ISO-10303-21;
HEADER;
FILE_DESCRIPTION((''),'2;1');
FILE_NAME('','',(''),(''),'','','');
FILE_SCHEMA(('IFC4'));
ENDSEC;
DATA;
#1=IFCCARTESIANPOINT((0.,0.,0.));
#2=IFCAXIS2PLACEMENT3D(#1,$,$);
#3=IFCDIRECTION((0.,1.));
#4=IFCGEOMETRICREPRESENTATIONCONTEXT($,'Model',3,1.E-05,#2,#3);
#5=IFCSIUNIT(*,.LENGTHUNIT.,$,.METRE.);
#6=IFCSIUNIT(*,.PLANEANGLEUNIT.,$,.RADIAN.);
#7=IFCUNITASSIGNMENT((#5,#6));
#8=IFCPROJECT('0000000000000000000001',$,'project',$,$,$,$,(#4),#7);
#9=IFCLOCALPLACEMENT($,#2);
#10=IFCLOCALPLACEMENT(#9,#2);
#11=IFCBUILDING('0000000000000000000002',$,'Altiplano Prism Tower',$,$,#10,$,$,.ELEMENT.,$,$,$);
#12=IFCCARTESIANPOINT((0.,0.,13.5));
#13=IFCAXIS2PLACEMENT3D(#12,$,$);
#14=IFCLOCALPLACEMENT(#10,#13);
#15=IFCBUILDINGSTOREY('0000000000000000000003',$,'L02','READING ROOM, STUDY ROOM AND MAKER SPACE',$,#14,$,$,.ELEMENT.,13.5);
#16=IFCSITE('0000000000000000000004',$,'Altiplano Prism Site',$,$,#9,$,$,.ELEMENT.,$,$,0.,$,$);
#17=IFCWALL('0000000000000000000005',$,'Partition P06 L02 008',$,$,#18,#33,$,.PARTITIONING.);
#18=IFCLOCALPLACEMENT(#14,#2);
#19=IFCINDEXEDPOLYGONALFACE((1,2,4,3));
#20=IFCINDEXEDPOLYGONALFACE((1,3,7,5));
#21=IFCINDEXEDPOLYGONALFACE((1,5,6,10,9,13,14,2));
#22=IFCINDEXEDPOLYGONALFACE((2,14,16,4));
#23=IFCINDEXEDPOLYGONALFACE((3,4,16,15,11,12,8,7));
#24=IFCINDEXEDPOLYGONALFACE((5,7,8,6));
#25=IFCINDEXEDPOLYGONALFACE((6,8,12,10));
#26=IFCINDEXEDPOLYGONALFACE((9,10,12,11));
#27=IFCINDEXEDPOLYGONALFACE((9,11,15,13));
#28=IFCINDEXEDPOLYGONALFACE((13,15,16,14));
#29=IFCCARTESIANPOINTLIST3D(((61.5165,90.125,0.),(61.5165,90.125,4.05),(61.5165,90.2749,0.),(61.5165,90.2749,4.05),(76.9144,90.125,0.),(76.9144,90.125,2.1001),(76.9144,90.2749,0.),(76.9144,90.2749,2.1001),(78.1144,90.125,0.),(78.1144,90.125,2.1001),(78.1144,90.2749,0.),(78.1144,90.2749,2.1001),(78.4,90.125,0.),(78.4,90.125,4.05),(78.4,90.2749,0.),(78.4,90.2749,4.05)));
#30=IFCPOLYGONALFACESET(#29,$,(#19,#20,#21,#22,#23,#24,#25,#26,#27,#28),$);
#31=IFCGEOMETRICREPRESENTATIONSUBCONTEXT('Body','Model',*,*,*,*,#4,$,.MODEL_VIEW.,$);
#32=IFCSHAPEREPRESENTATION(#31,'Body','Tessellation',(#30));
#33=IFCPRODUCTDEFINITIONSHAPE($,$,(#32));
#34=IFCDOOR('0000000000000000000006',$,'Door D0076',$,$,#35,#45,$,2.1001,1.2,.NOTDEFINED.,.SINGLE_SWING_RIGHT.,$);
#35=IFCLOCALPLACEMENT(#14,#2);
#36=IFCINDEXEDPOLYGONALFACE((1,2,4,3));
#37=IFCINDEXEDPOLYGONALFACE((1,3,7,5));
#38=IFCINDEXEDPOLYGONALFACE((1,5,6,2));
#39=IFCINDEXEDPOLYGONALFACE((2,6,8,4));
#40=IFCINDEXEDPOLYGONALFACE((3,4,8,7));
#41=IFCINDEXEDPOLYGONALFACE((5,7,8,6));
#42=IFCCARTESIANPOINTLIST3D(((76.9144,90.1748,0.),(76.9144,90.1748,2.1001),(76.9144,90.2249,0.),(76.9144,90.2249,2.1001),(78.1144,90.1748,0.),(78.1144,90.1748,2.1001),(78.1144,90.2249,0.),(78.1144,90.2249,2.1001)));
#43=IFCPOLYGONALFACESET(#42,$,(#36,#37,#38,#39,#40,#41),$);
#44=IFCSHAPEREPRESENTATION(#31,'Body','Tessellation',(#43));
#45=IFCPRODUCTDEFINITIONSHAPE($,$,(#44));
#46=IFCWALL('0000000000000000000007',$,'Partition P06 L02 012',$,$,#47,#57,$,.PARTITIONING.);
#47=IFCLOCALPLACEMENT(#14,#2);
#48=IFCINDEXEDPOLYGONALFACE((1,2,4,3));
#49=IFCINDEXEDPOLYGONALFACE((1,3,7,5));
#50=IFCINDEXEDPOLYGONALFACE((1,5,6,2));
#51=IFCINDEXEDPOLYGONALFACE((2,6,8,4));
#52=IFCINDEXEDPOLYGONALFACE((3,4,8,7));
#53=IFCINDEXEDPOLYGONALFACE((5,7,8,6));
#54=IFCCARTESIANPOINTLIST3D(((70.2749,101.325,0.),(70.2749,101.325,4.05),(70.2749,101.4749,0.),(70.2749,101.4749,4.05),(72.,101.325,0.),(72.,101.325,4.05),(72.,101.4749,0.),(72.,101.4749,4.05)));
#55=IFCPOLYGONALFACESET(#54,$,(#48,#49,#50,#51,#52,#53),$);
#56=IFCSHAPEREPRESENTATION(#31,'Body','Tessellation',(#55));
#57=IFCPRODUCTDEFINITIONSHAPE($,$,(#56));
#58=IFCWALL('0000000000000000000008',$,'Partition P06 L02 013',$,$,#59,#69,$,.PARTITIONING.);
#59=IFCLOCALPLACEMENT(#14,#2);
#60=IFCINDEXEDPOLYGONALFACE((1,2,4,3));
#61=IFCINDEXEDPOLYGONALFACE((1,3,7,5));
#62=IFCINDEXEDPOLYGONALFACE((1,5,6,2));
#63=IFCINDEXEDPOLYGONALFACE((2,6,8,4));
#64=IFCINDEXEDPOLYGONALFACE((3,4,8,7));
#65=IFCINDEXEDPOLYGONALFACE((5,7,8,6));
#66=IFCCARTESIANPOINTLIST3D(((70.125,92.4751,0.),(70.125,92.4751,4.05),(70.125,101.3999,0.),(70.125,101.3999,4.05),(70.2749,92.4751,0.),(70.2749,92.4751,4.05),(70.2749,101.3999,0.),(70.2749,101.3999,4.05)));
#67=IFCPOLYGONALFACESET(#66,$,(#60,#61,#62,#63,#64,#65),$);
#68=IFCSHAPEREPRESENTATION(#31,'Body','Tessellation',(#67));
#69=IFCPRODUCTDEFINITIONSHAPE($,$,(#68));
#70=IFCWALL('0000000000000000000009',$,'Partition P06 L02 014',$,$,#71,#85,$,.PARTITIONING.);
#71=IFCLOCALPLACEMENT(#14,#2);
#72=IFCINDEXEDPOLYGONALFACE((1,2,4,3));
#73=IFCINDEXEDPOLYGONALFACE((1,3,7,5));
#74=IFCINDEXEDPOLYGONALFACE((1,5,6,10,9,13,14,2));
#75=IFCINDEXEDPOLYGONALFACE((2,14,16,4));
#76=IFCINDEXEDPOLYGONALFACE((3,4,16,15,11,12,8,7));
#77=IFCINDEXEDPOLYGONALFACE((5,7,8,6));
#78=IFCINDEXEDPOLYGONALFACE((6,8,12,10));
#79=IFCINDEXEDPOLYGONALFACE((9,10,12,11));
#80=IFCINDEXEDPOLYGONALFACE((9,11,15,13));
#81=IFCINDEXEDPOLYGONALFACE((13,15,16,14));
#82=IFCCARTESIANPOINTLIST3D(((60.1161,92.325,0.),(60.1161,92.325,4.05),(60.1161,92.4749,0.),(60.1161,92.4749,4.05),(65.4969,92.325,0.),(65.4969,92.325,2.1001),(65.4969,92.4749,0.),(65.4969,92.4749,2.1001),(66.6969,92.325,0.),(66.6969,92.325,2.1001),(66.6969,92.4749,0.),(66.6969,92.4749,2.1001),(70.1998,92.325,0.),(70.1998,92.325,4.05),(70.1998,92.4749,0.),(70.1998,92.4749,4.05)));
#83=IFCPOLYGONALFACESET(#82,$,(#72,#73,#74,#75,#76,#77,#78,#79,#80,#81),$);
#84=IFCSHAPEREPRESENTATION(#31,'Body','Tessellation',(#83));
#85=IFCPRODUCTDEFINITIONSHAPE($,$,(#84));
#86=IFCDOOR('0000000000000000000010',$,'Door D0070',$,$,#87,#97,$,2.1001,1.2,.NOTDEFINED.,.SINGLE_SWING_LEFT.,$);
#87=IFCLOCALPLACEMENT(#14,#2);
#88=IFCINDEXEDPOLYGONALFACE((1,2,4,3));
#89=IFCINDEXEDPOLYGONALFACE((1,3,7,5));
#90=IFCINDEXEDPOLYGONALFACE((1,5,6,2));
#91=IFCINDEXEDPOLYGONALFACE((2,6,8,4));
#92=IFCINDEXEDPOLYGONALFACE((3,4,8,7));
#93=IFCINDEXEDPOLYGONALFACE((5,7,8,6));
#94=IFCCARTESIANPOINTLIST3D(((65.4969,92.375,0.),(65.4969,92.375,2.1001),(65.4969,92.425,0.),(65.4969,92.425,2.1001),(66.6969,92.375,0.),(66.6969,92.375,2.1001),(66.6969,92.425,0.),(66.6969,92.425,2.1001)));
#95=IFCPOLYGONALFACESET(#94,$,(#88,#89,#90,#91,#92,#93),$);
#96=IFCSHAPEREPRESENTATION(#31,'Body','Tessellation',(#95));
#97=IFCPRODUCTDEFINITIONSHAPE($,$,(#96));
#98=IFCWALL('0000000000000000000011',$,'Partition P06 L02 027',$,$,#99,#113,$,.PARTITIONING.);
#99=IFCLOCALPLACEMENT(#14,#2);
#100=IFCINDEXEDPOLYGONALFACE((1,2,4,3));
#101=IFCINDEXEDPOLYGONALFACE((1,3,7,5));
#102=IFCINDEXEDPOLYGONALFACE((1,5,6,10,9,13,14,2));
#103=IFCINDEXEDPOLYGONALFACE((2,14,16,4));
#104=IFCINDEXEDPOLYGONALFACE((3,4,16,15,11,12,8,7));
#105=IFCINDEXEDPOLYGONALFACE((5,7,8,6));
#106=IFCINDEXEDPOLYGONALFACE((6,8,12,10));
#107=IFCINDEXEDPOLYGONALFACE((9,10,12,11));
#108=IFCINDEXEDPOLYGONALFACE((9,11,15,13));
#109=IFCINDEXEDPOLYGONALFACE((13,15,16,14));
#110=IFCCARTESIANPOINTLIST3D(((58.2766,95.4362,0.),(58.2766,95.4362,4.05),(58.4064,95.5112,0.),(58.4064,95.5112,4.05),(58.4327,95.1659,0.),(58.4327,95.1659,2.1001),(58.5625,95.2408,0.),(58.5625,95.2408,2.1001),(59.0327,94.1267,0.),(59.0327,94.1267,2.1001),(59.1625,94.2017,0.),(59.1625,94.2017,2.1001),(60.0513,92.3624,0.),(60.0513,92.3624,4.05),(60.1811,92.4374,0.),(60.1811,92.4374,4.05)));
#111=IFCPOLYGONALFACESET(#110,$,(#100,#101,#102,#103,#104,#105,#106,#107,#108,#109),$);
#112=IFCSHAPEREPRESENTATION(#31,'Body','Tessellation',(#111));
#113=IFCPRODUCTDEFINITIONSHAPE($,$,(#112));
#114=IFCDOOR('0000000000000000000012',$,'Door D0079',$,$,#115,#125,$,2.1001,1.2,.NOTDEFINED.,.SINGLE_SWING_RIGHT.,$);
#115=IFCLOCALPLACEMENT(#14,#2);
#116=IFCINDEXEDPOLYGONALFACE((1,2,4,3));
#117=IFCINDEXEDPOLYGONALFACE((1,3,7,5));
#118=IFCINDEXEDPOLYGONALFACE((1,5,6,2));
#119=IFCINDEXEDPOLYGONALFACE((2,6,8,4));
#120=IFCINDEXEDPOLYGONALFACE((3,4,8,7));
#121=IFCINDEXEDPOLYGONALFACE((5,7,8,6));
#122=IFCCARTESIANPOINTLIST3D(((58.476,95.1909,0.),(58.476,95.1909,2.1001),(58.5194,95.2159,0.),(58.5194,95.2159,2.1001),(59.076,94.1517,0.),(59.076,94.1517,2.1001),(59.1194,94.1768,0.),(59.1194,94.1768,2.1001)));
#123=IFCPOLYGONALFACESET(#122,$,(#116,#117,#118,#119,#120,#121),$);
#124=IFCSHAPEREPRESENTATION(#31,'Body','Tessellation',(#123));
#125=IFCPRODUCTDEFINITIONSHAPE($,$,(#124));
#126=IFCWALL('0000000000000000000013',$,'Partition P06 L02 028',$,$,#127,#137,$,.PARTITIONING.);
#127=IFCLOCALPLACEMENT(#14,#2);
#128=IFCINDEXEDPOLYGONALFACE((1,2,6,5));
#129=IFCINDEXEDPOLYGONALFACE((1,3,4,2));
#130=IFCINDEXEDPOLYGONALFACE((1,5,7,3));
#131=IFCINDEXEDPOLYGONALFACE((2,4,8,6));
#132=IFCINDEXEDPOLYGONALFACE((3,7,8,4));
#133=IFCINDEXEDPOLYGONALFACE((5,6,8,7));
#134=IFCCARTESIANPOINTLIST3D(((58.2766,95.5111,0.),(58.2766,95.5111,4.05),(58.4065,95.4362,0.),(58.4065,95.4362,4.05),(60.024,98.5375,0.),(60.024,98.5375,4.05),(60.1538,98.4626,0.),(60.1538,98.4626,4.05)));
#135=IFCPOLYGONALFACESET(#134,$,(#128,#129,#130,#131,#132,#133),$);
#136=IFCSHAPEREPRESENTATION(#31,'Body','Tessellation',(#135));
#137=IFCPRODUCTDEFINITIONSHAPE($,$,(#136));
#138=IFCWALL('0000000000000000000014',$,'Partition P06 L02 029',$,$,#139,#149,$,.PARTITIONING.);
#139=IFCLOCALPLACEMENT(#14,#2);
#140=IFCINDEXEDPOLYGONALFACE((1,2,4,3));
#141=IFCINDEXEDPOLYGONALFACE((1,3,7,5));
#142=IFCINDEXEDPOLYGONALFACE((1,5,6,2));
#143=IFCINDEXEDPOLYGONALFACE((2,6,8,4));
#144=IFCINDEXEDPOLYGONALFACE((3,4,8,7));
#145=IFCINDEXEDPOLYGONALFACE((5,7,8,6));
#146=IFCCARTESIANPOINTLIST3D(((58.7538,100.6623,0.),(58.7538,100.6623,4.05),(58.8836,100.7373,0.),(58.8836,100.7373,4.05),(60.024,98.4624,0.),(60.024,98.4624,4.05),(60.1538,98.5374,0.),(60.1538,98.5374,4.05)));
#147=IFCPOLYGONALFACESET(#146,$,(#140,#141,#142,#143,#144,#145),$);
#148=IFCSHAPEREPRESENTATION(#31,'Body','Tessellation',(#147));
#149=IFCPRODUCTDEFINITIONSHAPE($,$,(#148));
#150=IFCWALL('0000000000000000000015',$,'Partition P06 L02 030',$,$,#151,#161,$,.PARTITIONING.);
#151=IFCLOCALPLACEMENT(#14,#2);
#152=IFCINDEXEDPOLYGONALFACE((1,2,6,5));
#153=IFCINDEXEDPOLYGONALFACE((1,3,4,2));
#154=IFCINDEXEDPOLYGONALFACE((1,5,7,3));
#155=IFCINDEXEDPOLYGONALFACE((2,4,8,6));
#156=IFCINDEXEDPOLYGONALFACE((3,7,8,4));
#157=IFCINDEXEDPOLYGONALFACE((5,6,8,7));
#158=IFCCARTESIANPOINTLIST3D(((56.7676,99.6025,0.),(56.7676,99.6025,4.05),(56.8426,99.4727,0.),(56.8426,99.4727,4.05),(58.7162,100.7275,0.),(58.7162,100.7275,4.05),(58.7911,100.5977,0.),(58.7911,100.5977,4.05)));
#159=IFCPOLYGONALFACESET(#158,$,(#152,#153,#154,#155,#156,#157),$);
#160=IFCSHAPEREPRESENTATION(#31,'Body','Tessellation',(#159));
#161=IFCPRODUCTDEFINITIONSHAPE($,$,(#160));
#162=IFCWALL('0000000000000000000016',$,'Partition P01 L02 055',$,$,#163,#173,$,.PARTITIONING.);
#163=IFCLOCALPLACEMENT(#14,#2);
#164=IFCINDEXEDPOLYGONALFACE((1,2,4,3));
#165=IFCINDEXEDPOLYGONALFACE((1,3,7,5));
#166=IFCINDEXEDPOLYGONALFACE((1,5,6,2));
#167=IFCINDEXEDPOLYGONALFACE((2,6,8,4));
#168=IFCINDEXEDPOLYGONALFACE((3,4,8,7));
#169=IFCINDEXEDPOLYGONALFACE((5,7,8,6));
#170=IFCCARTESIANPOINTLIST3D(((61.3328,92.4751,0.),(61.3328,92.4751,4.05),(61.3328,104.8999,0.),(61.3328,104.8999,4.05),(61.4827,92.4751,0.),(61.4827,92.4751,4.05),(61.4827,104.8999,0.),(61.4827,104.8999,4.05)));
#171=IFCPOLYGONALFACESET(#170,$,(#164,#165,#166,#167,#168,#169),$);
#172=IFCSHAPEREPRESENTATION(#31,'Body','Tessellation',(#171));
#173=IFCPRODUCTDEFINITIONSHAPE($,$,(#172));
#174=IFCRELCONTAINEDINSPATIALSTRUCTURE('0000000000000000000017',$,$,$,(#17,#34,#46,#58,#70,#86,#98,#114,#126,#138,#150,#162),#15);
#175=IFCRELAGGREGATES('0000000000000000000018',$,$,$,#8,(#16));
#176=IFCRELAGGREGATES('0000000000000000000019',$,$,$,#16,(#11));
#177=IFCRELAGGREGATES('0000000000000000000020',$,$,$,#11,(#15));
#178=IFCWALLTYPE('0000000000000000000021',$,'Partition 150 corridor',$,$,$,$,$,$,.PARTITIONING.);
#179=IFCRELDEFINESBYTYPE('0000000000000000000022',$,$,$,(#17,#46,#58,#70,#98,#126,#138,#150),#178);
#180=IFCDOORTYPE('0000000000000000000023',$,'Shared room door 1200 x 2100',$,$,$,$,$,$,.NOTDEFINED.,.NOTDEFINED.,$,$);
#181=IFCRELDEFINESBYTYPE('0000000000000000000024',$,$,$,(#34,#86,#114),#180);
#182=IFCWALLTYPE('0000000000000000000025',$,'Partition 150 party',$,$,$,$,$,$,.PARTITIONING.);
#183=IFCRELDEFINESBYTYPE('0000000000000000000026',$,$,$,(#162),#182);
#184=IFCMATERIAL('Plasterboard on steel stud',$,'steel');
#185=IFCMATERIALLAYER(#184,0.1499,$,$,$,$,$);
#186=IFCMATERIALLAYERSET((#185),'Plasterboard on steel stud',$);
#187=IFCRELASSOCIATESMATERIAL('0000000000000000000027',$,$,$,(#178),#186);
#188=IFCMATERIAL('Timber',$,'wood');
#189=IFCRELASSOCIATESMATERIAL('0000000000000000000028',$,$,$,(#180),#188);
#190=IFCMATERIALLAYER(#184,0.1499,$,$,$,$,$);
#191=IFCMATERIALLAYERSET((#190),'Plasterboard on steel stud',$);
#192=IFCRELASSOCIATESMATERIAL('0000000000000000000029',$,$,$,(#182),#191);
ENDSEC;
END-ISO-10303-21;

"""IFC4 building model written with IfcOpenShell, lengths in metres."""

from ifc_helpers import new_model, si_unit, direction, frame, frame_2d, origin, place, context, subcontext, project, spatial, rectangle, extrude, material, layer, layer_set, type_object, element, fill, save


model = new_model("IFC4")

# Units and contexts
model_context = context("Model", 3, precision=1e-05, world=origin(), true_north=direction((0.0, 1.0)))
body_context = subcontext(model_context, "Body", "Model", "MODEL_VIEW")
ifc_project = project(units=[si_unit("LENGTHUNIT", "METRE"), si_unit("PLANEANGLEUNIT", "RADIAN")], contexts=[model_context])

# Site, building, storey
site_placement = place(None, origin())
site = spatial("IfcSite", under=ifc_project, at=site_placement, Name="Altiplano Prism Site", CompositionType="ELEMENT", RefElevation=0.0)
building_placement = place(site_placement, origin())
building = spatial("IfcBuilding", under=site, at=building_placement, Name="Altiplano Prism Tower", CompositionType="ELEMENT")
storey_placement = place(building_placement, frame((0.0, 0.0, 13.5)))
storey = spatial("IfcBuildingStorey", under=building, at=storey_placement, Name="L02", Description="READING ROOM, STUDY ROOM AND MAKER SPACE", CompositionType="ELEMENT", Elevation=13.5)

# Wall, opening, door
ifc_material_1 = material(Name="Plasterboard on steel stud", Category="steel")
ifc_layer_1 = layer(ifc_material_1, 0.1499)
ifc_layer_set_1 = layer_set([ifc_layer_1], Name="Plasterboard on steel stud")
wall_type_1 = type_object("IfcWallType", Name="Partition 150 corridor", PredefinedType="PARTITIONING", material=ifc_layer_set_1)
wall_1_placement = place(storey_placement, frame((61.5164, 90.2, 0.0), z_axis=(0.0, 0.0, 1.0), x_axis=(1.0, 0.0, 0.0)))
wall_1 = element("IfcWall", 1, at=wall_1_placement, inside=storey, type_object=wall_type_1, Name="Partition P06 L02 008", PredefinedType="PARTITIONING", context=body_context, shape_type="SweptSolid", body=[
    extrude(rectangle(XDim=16.8835, YDim=0.1499, at=frame_2d((8.4419, 0.0))), origin(), (0.0, 0.0, 1.0), 4.05),
])
opening_1_placement = place(wall_1_placement, frame((15.3979, 0.0, 0.0)))
opening_1 = element("IfcOpeningElement", 2, at=opening_1_placement, cuts=wall_1, PredefinedType="OPENING", context=body_context, shape_type="SweptSolid", body=[
    extrude(rectangle(XDim=1.2, YDim=2.1001, at=frame_2d((0.6001, 1.05))), frame((0.0, 0.0854, 0.0), z_axis=(0.0, -1.0, 0.0), x_axis=(1.0, 0.0, 0.0)), (0.0, 0.0, 1.0), 0.1709),
])
ifc_material_2 = material(Name="Timber", Category="wood")
door_type_1 = type_object("IfcDoorType", Name="Shared room door 1200 x 2100", OperationType="NOTDEFINED", PredefinedType="NOTDEFINED", material=ifc_material_2)
door_1_placement = place(opening_1_placement, origin())
door_1 = element("IfcDoor", 3, at=door_1_placement, inside=storey, type_object=door_type_1, Name="Door D0076", OperationType="SINGLE_SWING_RIGHT", OverallHeight=2.1001, OverallWidth=1.2, PredefinedType="NOTDEFINED", context=body_context, shape_type="SweptSolid", body=[
    extrude(rectangle(XDim=1.2, YDim=2.1001, at=frame_2d((0.6001, 1.05))), frame((0.0, 0.0249, 0.0), z_axis=(0.0, -1.0, 0.0), x_axis=(1.0, 0.0, 0.0)), (0.0, 0.0, 1.0), 0.05),
])
fill(opening_1, door_1)

# Walls
wall_2_placement = place(storey_placement, frame((72.0, 101.3999, 0.0), z_axis=(0.0, 0.0, 1.0), x_axis=(-1.0, 0.0, 0.0)))
element("IfcWall", 4, at=wall_2_placement, inside=storey, type_object=wall_type_1, Name="Partition P06 L02 012", PredefinedType="PARTITIONING", context=body_context, shape_type="SweptSolid", body=[
    extrude(rectangle(XDim=1.7251, YDim=0.1499, at=frame_2d((0.8625, 0.0))), origin(), (0.0, 0.0, 1.0), 4.05),
])
wall_3_placement = place(storey_placement, frame((70.2, 101.3999, 0.0), z_axis=(0.0, 0.0, 1.0), x_axis=(0.0, -1.0, 0.0)))
element("IfcWall", 5, at=wall_3_placement, inside=storey, type_object=wall_type_1, Name="Partition P06 L02 013", PredefinedType="PARTITIONING", context=body_context, shape_type="SweptSolid", body=[
    extrude(rectangle(XDim=8.9248, YDim=0.1499, at=frame_2d((4.4624, 0.0))), origin(), (0.0, 0.0, 1.0), 4.05),
])

# Walls, openings, doors
wall_4_placement = place(storey_placement, frame((70.2, 92.3999, 0.0), z_axis=(0.0, 0.0, 1.0), x_axis=(-1.0, 0.0, 0.0)))
wall_4 = element("IfcWall", 6, at=wall_4_placement, inside=storey, type_object=wall_type_1, Name="Partition P06 L02 014", PredefinedType="PARTITIONING", context=body_context, shape_type="SweptSolid", body=[
    extrude(rectangle(XDim=10.0837, YDim=0.1499, at=frame_2d((5.042, 0.0))), origin(), (0.0, 0.0, 1.0), 4.05),
])
opening_2_placement = place(wall_4_placement, frame((3.5029, 0.0, 0.0)))
opening_2 = element("IfcOpeningElement", 7, at=opening_2_placement, cuts=wall_4, PredefinedType="OPENING", context=body_context, shape_type="SweptSolid", body=[
    extrude(rectangle(XDim=1.2, YDim=2.1001, at=frame_2d((0.6001, 1.05))), frame((0.0, 0.0854, 0.0), z_axis=(0.0, -1.0, 0.0), x_axis=(1.0, 0.0, 0.0)), (0.0, 0.0, 1.0), 0.1709),
])
door_2_placement = place(opening_2_placement, origin())
door_2 = element("IfcDoor", 8, at=door_2_placement, inside=storey, type_object=door_type_1, Name="Door D0070", OperationType="SINGLE_SWING_LEFT", OverallHeight=2.1001, OverallWidth=1.2, PredefinedType="NOTDEFINED", context=body_context, shape_type="SweptSolid", body=[
    extrude(rectangle(XDim=1.2, YDim=2.1001, at=frame_2d((0.6001, 1.05))), frame((0.0, 0.0249, 0.0), z_axis=(0.0, -1.0, 0.0), x_axis=(1.0, 0.0, 0.0)), (0.0, 0.0, 1.0), 0.05),
])
fill(opening_2, door_2)
wall_5_placement = place(storey_placement, frame((60.1162, 92.3999, 0.0), z_axis=(0.0, 0.0, 1.0), x_axis=(-0.500008, 0.866021, 0.0)))
wall_5 = element("IfcWall", 9, at=wall_5_placement, inside=storey, type_object=wall_type_1, Name="Partition P06 L02 027", PredefinedType="PARTITIONING", context=body_context, shape_type="SweptSolid", body=[
    extrude(rectangle(XDim=3.5493, YDim=0.1499, at=frame_2d((1.7747, 0.0))), origin(), (0.0, 0.0, 1.0), 4.05),
])
opening_3_placement = place(wall_5_placement, frame((2.0371, 0.0, 0.0)))
opening_3 = element("IfcOpeningElement", 10, at=opening_3_placement, cuts=wall_5, PredefinedType="OPENING", context=body_context, shape_type="SweptSolid", body=[
    extrude(rectangle(XDim=1.2, YDim=2.1001, at=frame_2d((0.6001, 1.05))), frame((0.0, 0.0854, 0.0), z_axis=(0.0, -1.0, 0.0), x_axis=(1.0, 0.0, 0.0)), (0.0, 0.0, 1.0), 0.1709),
])
door_3_placement = place(opening_3_placement, origin())
door_3 = element("IfcDoor", 11, at=door_3_placement, inside=storey, type_object=door_type_1, Name="Door D0079", OperationType="SINGLE_SWING_RIGHT", OverallHeight=2.1001, OverallWidth=1.2, PredefinedType="NOTDEFINED", context=body_context, shape_type="SweptSolid", body=[
    extrude(rectangle(XDim=1.2, YDim=2.1001, at=frame_2d((0.6001, 1.05))), frame((0.0, 0.0249, 0.0), z_axis=(0.0, -1.0, 0.0), x_axis=(1.0, 0.0, 0.0)), (0.0, 0.0, 1.0), 0.05),
])
fill(opening_3, door_3)

# Walls
wall_6_placement = place(storey_placement, frame((58.3416, 95.4736, 0.0), z_axis=(0.0, 0.0, 1.0), x_axis=(0.500009, 0.86602, 0.0)))
element("IfcWall", 12, at=wall_6_placement, inside=storey, type_object=wall_type_1, Name="Partition P06 L02 028", PredefinedType="PARTITIONING", context=body_context, shape_type="SweptSolid", body=[
    extrude(rectangle(XDim=3.4946, YDim=0.1499, at=frame_2d((1.7473, 0.0))), origin(), (0.0, 0.0, 1.0), 4.05),
])
wall_7_placement = place(storey_placement, frame((60.0889, 98.5, 0.0), z_axis=(0.0, 0.0, 1.0), x_axis=(-0.500036, 0.866005, 0.0)))
element("IfcWall", 13, at=wall_7_placement, inside=storey, type_object=wall_type_1, Name="Partition P06 L02 029", PredefinedType="PARTITIONING", context=body_context, shape_type="SweptSolid", body=[
    extrude(rectangle(XDim=2.5403, YDim=0.1499, at=frame_2d((1.27, 0.0))), origin(), (0.0, 0.0, 1.0), 4.05),
])
wall_8_placement = place(storey_placement, frame((58.7537, 100.6626, 0.0), z_axis=(0.0, 0.0, 1.0), x_axis=(-0.866018, -0.500014, 0.0)))
element("IfcWall", 14, at=wall_8_placement, inside=storey, type_object=wall_type_1, Name="Partition P06 L02 030", PredefinedType="PARTITIONING", context=body_context, shape_type="SweptSolid", body=[
    extrude(rectangle(XDim=2.25, YDim=0.1499, at=frame_2d((1.125, 0.0))), origin(), (0.0, 0.0, 1.0), 4.05),
])
ifc_layer_2 = layer(ifc_material_1, 0.1499)
ifc_layer_set_2 = layer_set([ifc_layer_2], Name="Plasterboard on steel stud")
wall_type_2 = type_object("IfcWallType", Name="Partition 150 party", PredefinedType="PARTITIONING", material=ifc_layer_set_2)
wall_9_placement = place(storey_placement, frame((61.4077, 104.8999, 0.0), z_axis=(0.0, 0.0, 1.0), x_axis=(0.0, -1.0, 0.0)))
element("IfcWall", 15, at=wall_9_placement, inside=storey, type_object=wall_type_2, Name="Partition P01 L02 055", PredefinedType="PARTITIONING", context=body_context, shape_type="SweptSolid", body=[
    extrude(rectangle(XDim=12.4248, YDim=0.1499, at=frame_2d((6.2124, 0.0))), origin(), (0.0, 0.0, 1.0), 4.05),
])

save(model, "model.ifc")
